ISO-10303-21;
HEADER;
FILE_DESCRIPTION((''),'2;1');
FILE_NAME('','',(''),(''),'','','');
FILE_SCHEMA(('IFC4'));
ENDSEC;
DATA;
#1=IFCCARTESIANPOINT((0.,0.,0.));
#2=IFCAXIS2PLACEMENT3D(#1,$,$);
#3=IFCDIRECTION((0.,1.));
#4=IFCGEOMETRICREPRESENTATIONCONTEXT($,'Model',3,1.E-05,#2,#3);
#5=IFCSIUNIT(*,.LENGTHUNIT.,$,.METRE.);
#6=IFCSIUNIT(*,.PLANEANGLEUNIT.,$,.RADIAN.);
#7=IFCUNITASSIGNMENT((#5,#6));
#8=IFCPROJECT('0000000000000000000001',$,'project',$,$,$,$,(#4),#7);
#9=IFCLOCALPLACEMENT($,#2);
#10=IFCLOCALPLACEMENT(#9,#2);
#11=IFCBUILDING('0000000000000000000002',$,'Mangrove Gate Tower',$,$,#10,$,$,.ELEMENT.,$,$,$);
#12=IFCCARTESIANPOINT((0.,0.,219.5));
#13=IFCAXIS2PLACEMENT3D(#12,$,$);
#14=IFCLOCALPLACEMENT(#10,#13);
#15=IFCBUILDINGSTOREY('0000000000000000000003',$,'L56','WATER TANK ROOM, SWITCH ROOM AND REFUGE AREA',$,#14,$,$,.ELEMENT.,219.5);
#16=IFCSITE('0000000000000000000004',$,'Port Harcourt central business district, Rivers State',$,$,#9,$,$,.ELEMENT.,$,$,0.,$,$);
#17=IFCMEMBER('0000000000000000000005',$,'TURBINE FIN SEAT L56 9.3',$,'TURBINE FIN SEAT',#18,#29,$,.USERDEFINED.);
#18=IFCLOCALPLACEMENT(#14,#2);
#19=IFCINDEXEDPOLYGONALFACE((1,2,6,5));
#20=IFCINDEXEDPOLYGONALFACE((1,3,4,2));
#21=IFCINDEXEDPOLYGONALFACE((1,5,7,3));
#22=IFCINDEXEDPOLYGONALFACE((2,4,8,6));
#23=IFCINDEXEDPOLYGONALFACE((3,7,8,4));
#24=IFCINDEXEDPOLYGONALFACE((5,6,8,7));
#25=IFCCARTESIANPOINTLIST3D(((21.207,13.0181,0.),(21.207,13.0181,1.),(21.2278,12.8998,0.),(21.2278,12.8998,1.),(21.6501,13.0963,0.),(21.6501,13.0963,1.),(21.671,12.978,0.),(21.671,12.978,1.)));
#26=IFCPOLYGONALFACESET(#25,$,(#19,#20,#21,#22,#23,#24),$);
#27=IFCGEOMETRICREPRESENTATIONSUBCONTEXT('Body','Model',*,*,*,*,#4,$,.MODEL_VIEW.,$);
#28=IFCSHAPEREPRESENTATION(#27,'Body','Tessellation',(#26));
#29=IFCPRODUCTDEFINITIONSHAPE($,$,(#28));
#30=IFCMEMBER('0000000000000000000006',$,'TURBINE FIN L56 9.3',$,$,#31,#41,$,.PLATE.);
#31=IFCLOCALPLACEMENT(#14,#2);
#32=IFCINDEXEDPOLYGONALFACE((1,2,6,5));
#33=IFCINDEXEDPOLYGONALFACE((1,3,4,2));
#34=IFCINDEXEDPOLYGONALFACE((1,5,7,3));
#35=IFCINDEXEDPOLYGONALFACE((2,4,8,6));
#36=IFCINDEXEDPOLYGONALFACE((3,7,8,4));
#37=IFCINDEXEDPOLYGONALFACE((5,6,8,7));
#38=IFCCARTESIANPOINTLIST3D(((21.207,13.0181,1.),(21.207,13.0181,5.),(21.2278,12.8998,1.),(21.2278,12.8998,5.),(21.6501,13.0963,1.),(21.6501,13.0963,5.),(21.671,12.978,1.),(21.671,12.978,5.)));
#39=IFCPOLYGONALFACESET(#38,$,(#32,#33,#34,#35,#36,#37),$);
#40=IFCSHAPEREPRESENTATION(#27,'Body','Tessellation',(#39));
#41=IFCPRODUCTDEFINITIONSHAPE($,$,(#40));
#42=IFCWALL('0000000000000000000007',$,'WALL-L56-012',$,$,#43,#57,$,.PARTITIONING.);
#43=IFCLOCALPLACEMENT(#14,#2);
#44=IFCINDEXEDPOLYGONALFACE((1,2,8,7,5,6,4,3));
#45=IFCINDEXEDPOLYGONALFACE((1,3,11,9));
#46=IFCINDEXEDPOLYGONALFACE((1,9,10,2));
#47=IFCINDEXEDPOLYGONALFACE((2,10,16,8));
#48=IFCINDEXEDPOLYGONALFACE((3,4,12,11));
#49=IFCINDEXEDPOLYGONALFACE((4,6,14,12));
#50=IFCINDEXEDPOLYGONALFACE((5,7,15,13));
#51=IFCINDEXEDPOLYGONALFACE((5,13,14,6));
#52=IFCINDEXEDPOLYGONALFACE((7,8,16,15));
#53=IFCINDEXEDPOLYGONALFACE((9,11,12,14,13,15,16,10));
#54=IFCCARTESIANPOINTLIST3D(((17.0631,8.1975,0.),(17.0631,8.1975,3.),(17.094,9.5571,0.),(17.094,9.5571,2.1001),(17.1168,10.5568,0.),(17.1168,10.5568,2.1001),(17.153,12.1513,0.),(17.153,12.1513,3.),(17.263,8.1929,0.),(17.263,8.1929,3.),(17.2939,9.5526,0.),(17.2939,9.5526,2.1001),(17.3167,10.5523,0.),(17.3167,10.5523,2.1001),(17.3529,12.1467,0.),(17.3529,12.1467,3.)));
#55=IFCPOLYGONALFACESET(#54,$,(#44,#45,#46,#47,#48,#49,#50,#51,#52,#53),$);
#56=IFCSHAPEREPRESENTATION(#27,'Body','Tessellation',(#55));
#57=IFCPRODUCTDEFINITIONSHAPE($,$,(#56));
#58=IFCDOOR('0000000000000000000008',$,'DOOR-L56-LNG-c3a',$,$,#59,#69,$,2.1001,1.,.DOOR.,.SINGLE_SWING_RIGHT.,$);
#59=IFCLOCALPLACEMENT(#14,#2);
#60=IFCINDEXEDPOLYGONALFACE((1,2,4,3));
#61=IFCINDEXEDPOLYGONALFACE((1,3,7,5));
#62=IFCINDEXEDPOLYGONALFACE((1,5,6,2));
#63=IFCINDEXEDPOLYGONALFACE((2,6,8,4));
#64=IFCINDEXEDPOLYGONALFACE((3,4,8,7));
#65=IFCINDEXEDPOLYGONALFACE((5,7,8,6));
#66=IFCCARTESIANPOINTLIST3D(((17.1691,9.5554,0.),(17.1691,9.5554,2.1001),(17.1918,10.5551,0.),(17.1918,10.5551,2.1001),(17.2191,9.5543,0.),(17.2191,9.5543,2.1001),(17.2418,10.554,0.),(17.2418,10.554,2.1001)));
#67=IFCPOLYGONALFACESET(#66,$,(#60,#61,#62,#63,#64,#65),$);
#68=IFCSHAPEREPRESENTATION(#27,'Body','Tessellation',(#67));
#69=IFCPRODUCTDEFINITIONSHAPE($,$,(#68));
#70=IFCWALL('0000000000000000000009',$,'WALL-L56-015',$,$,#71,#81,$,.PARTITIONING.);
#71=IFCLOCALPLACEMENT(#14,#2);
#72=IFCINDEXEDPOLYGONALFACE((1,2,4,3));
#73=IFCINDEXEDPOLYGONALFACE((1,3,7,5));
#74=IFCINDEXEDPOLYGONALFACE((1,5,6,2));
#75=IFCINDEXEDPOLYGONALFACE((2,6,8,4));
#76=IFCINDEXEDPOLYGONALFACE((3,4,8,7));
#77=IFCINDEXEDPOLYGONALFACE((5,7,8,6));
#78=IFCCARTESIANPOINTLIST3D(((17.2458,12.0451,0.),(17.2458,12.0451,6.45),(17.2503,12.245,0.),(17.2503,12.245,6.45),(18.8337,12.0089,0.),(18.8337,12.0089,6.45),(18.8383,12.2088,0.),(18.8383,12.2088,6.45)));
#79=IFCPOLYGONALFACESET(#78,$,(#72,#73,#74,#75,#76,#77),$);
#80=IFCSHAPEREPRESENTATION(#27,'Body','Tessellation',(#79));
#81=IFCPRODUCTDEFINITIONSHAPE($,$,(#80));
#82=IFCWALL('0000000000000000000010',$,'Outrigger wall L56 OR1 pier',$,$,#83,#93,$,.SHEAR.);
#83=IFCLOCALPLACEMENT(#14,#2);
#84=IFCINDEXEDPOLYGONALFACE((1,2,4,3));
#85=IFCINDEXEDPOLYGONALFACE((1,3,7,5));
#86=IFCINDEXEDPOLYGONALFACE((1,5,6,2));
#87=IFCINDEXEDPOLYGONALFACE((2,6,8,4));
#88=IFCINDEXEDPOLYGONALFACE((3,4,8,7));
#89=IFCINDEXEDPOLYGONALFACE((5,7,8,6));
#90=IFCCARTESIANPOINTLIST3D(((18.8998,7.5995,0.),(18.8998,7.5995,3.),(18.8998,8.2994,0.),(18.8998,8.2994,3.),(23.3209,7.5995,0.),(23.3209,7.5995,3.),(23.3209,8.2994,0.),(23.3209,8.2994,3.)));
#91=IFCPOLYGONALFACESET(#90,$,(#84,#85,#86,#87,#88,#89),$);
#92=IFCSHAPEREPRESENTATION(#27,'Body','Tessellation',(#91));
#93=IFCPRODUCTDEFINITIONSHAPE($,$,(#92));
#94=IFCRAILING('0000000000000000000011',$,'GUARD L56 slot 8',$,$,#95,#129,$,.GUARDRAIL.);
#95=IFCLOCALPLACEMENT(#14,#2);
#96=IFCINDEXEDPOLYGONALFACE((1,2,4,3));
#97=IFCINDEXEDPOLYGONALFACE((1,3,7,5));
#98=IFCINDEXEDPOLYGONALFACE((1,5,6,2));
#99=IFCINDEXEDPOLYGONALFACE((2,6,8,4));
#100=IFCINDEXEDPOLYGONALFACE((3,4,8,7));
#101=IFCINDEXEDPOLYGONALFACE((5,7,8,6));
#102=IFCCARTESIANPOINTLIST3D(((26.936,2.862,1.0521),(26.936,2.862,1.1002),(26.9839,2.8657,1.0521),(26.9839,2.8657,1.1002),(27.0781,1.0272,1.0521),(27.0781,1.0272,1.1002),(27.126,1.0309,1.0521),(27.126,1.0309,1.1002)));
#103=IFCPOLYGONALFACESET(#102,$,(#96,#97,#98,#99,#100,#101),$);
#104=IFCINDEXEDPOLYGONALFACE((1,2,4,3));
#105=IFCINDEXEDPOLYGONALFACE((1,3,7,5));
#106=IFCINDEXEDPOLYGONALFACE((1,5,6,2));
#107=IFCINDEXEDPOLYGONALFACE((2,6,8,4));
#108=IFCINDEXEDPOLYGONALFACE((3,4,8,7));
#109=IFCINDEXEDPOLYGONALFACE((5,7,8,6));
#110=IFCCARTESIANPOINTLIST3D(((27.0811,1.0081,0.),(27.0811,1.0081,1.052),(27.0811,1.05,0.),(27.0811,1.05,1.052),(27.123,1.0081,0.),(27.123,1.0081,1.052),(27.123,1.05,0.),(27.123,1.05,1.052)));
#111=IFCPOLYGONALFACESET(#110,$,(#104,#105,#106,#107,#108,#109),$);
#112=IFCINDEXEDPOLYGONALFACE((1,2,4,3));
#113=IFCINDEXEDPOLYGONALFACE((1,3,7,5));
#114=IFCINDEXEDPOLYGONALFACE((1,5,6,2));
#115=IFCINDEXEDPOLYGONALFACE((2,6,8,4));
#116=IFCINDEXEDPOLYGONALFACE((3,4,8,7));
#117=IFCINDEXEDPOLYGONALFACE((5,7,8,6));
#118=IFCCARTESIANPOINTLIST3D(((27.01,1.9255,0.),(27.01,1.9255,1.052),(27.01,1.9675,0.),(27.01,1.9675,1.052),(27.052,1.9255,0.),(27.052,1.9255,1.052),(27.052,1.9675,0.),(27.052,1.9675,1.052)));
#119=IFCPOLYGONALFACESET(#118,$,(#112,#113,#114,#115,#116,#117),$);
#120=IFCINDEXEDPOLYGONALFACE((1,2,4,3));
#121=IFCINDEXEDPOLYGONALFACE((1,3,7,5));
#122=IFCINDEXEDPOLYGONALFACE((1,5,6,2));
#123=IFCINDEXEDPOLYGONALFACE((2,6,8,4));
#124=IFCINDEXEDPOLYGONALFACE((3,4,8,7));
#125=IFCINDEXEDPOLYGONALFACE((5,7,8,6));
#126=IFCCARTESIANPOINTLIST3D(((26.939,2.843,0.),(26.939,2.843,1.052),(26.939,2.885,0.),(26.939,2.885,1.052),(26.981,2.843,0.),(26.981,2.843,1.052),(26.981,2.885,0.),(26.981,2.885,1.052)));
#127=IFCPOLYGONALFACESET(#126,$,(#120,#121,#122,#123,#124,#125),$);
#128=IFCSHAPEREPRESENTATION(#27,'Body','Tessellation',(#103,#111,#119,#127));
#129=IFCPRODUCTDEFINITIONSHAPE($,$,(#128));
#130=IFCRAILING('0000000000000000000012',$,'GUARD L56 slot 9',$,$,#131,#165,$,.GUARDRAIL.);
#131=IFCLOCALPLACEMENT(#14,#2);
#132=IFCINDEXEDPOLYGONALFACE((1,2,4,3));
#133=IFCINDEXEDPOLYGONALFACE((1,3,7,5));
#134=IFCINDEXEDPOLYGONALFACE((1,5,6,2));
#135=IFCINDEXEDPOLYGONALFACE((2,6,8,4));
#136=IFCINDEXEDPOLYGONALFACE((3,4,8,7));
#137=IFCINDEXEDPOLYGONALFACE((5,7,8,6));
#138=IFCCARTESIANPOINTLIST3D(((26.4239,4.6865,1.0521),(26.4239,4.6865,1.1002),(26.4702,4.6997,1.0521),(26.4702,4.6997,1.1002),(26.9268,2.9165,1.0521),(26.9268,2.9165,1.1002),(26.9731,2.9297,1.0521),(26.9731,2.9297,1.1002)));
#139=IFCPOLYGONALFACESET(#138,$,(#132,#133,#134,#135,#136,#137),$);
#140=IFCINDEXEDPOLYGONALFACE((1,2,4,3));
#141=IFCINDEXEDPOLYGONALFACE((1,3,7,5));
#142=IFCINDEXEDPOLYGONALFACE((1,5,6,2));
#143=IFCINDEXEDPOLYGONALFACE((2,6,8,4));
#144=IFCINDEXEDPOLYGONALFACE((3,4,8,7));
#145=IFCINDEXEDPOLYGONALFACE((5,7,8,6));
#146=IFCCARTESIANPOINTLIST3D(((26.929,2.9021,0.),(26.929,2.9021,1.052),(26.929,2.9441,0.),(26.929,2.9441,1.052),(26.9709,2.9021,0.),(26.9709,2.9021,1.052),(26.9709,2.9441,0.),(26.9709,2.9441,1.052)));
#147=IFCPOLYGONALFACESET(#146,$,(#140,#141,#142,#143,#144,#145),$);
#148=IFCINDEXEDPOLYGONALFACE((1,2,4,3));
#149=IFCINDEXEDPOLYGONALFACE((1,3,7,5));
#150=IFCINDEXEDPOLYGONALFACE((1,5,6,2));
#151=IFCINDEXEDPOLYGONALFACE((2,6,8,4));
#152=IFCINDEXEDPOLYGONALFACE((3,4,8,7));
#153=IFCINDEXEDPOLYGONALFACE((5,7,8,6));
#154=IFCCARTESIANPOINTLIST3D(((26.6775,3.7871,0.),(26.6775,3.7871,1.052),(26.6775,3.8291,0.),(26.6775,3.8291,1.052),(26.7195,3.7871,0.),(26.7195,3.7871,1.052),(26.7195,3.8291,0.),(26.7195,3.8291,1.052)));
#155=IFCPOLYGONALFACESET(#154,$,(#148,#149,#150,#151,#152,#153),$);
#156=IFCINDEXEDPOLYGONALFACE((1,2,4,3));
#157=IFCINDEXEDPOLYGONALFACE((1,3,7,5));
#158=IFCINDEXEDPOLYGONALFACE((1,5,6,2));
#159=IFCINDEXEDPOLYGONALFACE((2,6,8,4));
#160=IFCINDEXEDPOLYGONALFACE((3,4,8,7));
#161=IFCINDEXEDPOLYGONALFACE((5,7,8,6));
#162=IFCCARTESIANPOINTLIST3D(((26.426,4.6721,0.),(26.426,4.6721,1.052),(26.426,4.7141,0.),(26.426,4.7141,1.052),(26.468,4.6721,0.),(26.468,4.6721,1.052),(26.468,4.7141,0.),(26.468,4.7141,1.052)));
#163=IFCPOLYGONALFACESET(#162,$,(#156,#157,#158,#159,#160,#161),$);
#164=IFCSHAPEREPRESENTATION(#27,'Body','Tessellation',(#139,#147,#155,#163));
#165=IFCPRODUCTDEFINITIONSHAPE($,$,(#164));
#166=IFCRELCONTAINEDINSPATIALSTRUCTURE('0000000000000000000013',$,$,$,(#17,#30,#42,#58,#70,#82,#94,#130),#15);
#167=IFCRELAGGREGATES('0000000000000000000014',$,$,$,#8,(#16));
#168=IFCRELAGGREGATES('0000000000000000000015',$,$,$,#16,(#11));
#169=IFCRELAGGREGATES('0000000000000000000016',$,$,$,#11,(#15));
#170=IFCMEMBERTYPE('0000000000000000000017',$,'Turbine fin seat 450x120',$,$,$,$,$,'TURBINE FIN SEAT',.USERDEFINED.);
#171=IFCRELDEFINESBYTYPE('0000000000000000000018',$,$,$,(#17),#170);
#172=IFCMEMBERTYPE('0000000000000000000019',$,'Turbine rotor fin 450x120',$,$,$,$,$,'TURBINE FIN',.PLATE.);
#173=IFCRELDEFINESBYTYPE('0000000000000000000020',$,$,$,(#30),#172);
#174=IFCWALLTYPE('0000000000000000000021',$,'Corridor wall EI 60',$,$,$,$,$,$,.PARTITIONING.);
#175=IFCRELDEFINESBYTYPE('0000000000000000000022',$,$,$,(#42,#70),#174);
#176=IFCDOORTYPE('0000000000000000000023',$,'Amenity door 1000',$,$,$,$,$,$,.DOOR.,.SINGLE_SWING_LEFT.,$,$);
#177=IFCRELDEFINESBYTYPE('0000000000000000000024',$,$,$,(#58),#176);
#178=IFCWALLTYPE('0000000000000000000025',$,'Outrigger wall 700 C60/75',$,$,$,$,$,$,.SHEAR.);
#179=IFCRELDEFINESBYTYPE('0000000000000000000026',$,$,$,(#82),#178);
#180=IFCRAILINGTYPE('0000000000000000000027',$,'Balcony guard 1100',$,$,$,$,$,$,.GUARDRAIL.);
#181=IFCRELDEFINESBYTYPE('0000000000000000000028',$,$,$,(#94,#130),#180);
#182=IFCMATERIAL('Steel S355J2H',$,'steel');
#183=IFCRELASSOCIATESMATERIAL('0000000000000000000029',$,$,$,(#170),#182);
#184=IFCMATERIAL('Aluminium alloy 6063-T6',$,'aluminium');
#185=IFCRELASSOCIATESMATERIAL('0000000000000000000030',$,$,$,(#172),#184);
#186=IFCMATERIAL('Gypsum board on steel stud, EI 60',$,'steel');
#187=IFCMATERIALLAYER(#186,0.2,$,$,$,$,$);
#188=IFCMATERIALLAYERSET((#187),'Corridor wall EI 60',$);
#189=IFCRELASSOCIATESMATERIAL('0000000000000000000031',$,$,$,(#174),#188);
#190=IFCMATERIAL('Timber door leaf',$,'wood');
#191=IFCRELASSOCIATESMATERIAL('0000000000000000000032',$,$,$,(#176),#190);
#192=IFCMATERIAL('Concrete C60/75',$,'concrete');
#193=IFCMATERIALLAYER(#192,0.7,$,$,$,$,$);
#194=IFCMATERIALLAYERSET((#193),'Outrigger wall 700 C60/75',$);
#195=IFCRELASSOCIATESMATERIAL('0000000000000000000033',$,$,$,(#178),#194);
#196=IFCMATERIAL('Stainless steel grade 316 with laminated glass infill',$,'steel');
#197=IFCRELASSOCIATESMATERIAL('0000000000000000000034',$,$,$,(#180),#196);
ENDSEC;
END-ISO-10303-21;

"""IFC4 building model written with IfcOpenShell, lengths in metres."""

from ifc_helpers import new_model, si_unit, direction, frame, frame_2d, origin, origin_2d, place, context, subcontext, project, spatial, rectangle, extrude, material, layer, layer_set, material_profile, profile_set, type_object, element, fill, save


model = new_model("IFC4")

# Units and contexts
model_context = context("Model", 3, precision=1e-05, world=origin(), true_north=direction((0.0, 1.0)))
body_context = subcontext(model_context, "Body", "Model", "MODEL_VIEW")
ifc_project = project(units=[si_unit("LENGTHUNIT", "METRE"), si_unit("PLANEANGLEUNIT", "RADIAN")], contexts=[model_context])

# Site, building, storey
site_placement = place(None, origin())
site = spatial("IfcSite", under=ifc_project, at=site_placement, Name="Port Harcourt central business district, Rivers State", CompositionType="ELEMENT", RefElevation=0.0)
building_placement = place(site_placement, origin())
building = spatial("IfcBuilding", under=site, at=building_placement, Name="Mangrove Gate Tower", CompositionType="ELEMENT")
storey_placement = place(building_placement, frame((0.0, 0.0, 219.5)))
storey = spatial("IfcBuildingStorey", under=building, at=storey_placement, Name="L56", Description="WATER TANK ROOM, SWITCH ROOM AND REFUGE AREA", CompositionType="ELEMENT", Elevation=219.5)

# Members
ifc_material_1 = material(Name="Steel S355J2H", Category="steel")
ifc_material_profile_1 = material_profile(ifc_material_1, rectangle(XDim=0.45, YDim=0.1201, at=origin_2d()))
ifc_profile_set_1 = profile_set([ifc_material_profile_1], Name="Steel S355J2H")
member_type_1 = type_object("IfcMemberType", Name="Turbine fin seat 450x120", ElementType="TURBINE FIN SEAT", PredefinedType="USERDEFINED", material=ifc_profile_set_1)
member_1_placement = place(storey_placement, frame((21.439, 12.998, 0.0), z_axis=(0.0, 0.0, 1.0), x_axis=(0.984808, 0.173648, 0.0)))
element("IfcMember", 1, at=member_1_placement, inside=storey, type_object=member_type_1, Name="TURBINE FIN SEAT L56 9.3", ObjectType="TURBINE FIN SEAT", PredefinedType="USERDEFINED", context=body_context, shape_type="SweptSolid", body=[
    extrude(rectangle(XDim=0.45, YDim=0.1201, at=origin_2d()), origin(), (0.0, 0.0, 1.0), 1.0),
])
ifc_material_2 = material(Name="Aluminium alloy 6063-T6", Category="aluminium")
ifc_material_profile_2 = material_profile(ifc_material_2, rectangle(XDim=0.45, YDim=0.1201, at=origin_2d()))
ifc_profile_set_2 = profile_set([ifc_material_profile_2], Name="Aluminium alloy 6063-T6")
member_type_2 = type_object("IfcMemberType", Name="Turbine rotor fin 450x120", ElementType="TURBINE FIN", PredefinedType="PLATE", material=ifc_profile_set_2)
member_2_placement = place(storey_placement, frame((21.439, 12.998, 1.0), z_axis=(0.0, 0.0, 1.0), x_axis=(0.984808, 0.173648, 0.0)))
element("IfcMember", 2, at=member_2_placement, inside=storey, type_object=member_type_2, Name="TURBINE FIN L56 9.3", PredefinedType="PLATE", context=body_context, shape_type="SweptSolid", body=[
    extrude(rectangle(XDim=0.45, YDim=0.1201, at=origin_2d()), origin(), (0.0, 0.0, 1.0), 4.0),
])

# Wall, opening, door
ifc_material_3 = material(Name="Gypsum board on steel stud, EI 60", Category="steel")
ifc_layer_1 = layer(ifc_material_3, 0.2)
ifc_layer_set_1 = layer_set([ifc_layer_1], Name="Corridor wall EI 60")
wall_type_1 = type_object("IfcWallType", Name="Corridor wall EI 60", PredefinedType="PARTITIONING", material=ifc_layer_set_1)
wall_1_placement = place(storey_placement, frame((17.1631, 8.1951, 0.0), z_axis=(0.0, 0.0, 1.0), x_axis=(0.022717, 0.999742, 0.0)))
wall_1 = element("IfcWall", 3, at=wall_1_placement, inside=storey, type_object=wall_type_1, Name="WALL-L56-012", PredefinedType="PARTITIONING", context=body_context, shape_type="SweptSolid", body=[
    extrude(rectangle(XDim=3.9548, YDim=0.2, at=frame_2d((1.9775, 0.0))), origin(), (0.0, 0.0, 1.0), 3.0),
])
opening_placement = place(wall_1_placement, frame((1.3601, 0.0, 0.0)))
opening = element("IfcOpeningElement", 4, at=opening_placement, cuts=wall_1, PredefinedType="OPENING", context=body_context, shape_type="SweptSolid", body=[
    extrude(rectangle(XDim=1.0, YDim=2.1001, at=frame_2d((0.5, 1.05))), frame((0.0, 0.1099, 0.0), z_axis=(0.0, -1.0, 0.0), x_axis=(1.0, 0.0, 0.0)), (0.0, 0.0, 1.0), 0.22),
])
ifc_material_4 = material(Name="Timber door leaf", Category="wood")
door_type = type_object("IfcDoorType", Name="Amenity door 1000", OperationType="SINGLE_SWING_LEFT", PredefinedType="DOOR", material=ifc_material_4)
door_placement = place(opening_placement, origin())
door = element("IfcDoor", 5, at=door_placement, inside=storey, type_object=door_type, Name="DOOR-L56-LNG-c3a", OperationType="SINGLE_SWING_RIGHT", OverallHeight=2.1001, OverallWidth=1.0, PredefinedType="DOOR", context=body_context, shape_type="SweptSolid", body=[
    extrude(rectangle(XDim=1.0, YDim=2.1001, at=frame_2d((0.5, 1.05))), frame((0.0, 0.0249, 0.0), z_axis=(0.0, -1.0, 0.0), x_axis=(1.0, 0.0, 0.0)), (0.0, 0.0, 1.0), 0.05),
])
fill(opening, door)

# Walls
wall_2_placement = place(storey_placement, frame((17.248, 12.145, 0.0), z_axis=(0.0, 0.0, 1.0), x_axis=(0.999741, -0.022749, 0.0)))
element("IfcWall", 6, at=wall_2_placement, inside=storey, type_object=wall_type_1, Name="WALL-L56-015", PredefinedType="PARTITIONING", context=body_context, shape_type="SweptSolid", body=[
    extrude(rectangle(XDim=1.5884, YDim=0.2, at=frame_2d((0.7942, 0.0))), origin(), (0.0, 0.0, 1.0), 6.45),
])
ifc_material_5 = material(Name="Concrete C60/75", Category="concrete")
ifc_layer_2 = layer(ifc_material_5, 0.7)
ifc_layer_set_2 = layer_set([ifc_layer_2], Name="Outrigger wall 700 C60/75")
wall_type_2 = type_object("IfcWallType", Name="Outrigger wall 700 C60/75", PredefinedType="SHEAR", material=ifc_layer_set_2)
wall_3_placement = place(storey_placement, frame((18.8999, 7.9495, 0.0), z_axis=(0.0, 0.0, 1.0), x_axis=(1.0, 0.0, 0.0)))
element("IfcWall", 7, at=wall_3_placement, inside=storey, type_object=wall_type_2, Name="Outrigger wall L56 OR1 pier", PredefinedType="SHEAR", context=body_context, shape_type="SweptSolid", body=[
    extrude(rectangle(XDim=4.4211, YDim=0.7, at=frame_2d((2.2104, 0.0))), origin(), (0.0, 0.0, 1.0), 3.0),
])

# Railings
ifc_material_6 = material(Name="Stainless steel grade 316 with laminated glass infill", Category="steel")
railing_type = type_object("IfcRailingType", Name="Balcony guard 1100", PredefinedType="GUARDRAIL", material=ifc_material_6)
railing_1_placement = place(storey_placement, frame((27.1021, 1.0291, 0.0)))
element("IfcRailing", 8, at=railing_1_placement, inside=storey, type_object=railing_type, Name="GUARD L56 slot 8", PredefinedType="GUARDRAIL", context=body_context, shape_type="SweptSolid", body=[
    extrude(rectangle(XDim=0.0481, YDim=0.0481, at=origin_2d()), frame((0.0, 0.0, 1.0762), z_axis=(-0.077204, 0.997015, 0.0), x_axis=(-0.997015, -0.077204, 0.0)), (0.0, 0.0, 1.0), 1.8403),
    extrude(rectangle(XDim=0.042, YDim=0.042, at=origin_2d()), origin(), (0.0, 0.0, 1.0), 1.052),
    extrude(rectangle(XDim=0.042, YDim=0.042, at=origin_2d()), frame((-0.071, 0.9175, 0.0)), (0.0, 0.0, 1.0), 1.052),
    extrude(rectangle(XDim=0.042, YDim=0.042, at=origin_2d()), frame((-0.1421, 1.835, 0.0)), (0.0, 0.0, 1.0), 1.052),
])
railing_2_placement = place(storey_placement, frame((26.95, 2.9231, 0.0)))
element("IfcRailing", 9, at=railing_2_placement, inside=storey, type_object=railing_type, Name="GUARD L56 slot 9", PredefinedType="GUARDRAIL", context=body_context, shape_type="SweptSolid", body=[
    extrude(rectangle(XDim=0.0481, YDim=0.0481, at=origin_2d()), frame((0.0, 0.0, 1.0762), z_axis=(-0.273319, 0.961923, 0.0), x_axis=(-0.961923, -0.273319, 0.0)), (0.0, 0.0, 1.0), 1.8401),
    extrude(rectangle(XDim=0.042, YDim=0.042, at=origin_2d()), origin(), (0.0, 0.0, 1.0), 1.052),
    extrude(rectangle(XDim=0.042, YDim=0.042, at=origin_2d()), frame((-0.2515, 0.885, 0.0)), (0.0, 0.0, 1.0), 1.052),
    extrude(rectangle(XDim=0.042, YDim=0.042, at=origin_2d()), frame((-0.5029, 1.77, 0.0)), (0.0, 0.0, 1.0), 1.052),
])

save(model, "model.ifc")
